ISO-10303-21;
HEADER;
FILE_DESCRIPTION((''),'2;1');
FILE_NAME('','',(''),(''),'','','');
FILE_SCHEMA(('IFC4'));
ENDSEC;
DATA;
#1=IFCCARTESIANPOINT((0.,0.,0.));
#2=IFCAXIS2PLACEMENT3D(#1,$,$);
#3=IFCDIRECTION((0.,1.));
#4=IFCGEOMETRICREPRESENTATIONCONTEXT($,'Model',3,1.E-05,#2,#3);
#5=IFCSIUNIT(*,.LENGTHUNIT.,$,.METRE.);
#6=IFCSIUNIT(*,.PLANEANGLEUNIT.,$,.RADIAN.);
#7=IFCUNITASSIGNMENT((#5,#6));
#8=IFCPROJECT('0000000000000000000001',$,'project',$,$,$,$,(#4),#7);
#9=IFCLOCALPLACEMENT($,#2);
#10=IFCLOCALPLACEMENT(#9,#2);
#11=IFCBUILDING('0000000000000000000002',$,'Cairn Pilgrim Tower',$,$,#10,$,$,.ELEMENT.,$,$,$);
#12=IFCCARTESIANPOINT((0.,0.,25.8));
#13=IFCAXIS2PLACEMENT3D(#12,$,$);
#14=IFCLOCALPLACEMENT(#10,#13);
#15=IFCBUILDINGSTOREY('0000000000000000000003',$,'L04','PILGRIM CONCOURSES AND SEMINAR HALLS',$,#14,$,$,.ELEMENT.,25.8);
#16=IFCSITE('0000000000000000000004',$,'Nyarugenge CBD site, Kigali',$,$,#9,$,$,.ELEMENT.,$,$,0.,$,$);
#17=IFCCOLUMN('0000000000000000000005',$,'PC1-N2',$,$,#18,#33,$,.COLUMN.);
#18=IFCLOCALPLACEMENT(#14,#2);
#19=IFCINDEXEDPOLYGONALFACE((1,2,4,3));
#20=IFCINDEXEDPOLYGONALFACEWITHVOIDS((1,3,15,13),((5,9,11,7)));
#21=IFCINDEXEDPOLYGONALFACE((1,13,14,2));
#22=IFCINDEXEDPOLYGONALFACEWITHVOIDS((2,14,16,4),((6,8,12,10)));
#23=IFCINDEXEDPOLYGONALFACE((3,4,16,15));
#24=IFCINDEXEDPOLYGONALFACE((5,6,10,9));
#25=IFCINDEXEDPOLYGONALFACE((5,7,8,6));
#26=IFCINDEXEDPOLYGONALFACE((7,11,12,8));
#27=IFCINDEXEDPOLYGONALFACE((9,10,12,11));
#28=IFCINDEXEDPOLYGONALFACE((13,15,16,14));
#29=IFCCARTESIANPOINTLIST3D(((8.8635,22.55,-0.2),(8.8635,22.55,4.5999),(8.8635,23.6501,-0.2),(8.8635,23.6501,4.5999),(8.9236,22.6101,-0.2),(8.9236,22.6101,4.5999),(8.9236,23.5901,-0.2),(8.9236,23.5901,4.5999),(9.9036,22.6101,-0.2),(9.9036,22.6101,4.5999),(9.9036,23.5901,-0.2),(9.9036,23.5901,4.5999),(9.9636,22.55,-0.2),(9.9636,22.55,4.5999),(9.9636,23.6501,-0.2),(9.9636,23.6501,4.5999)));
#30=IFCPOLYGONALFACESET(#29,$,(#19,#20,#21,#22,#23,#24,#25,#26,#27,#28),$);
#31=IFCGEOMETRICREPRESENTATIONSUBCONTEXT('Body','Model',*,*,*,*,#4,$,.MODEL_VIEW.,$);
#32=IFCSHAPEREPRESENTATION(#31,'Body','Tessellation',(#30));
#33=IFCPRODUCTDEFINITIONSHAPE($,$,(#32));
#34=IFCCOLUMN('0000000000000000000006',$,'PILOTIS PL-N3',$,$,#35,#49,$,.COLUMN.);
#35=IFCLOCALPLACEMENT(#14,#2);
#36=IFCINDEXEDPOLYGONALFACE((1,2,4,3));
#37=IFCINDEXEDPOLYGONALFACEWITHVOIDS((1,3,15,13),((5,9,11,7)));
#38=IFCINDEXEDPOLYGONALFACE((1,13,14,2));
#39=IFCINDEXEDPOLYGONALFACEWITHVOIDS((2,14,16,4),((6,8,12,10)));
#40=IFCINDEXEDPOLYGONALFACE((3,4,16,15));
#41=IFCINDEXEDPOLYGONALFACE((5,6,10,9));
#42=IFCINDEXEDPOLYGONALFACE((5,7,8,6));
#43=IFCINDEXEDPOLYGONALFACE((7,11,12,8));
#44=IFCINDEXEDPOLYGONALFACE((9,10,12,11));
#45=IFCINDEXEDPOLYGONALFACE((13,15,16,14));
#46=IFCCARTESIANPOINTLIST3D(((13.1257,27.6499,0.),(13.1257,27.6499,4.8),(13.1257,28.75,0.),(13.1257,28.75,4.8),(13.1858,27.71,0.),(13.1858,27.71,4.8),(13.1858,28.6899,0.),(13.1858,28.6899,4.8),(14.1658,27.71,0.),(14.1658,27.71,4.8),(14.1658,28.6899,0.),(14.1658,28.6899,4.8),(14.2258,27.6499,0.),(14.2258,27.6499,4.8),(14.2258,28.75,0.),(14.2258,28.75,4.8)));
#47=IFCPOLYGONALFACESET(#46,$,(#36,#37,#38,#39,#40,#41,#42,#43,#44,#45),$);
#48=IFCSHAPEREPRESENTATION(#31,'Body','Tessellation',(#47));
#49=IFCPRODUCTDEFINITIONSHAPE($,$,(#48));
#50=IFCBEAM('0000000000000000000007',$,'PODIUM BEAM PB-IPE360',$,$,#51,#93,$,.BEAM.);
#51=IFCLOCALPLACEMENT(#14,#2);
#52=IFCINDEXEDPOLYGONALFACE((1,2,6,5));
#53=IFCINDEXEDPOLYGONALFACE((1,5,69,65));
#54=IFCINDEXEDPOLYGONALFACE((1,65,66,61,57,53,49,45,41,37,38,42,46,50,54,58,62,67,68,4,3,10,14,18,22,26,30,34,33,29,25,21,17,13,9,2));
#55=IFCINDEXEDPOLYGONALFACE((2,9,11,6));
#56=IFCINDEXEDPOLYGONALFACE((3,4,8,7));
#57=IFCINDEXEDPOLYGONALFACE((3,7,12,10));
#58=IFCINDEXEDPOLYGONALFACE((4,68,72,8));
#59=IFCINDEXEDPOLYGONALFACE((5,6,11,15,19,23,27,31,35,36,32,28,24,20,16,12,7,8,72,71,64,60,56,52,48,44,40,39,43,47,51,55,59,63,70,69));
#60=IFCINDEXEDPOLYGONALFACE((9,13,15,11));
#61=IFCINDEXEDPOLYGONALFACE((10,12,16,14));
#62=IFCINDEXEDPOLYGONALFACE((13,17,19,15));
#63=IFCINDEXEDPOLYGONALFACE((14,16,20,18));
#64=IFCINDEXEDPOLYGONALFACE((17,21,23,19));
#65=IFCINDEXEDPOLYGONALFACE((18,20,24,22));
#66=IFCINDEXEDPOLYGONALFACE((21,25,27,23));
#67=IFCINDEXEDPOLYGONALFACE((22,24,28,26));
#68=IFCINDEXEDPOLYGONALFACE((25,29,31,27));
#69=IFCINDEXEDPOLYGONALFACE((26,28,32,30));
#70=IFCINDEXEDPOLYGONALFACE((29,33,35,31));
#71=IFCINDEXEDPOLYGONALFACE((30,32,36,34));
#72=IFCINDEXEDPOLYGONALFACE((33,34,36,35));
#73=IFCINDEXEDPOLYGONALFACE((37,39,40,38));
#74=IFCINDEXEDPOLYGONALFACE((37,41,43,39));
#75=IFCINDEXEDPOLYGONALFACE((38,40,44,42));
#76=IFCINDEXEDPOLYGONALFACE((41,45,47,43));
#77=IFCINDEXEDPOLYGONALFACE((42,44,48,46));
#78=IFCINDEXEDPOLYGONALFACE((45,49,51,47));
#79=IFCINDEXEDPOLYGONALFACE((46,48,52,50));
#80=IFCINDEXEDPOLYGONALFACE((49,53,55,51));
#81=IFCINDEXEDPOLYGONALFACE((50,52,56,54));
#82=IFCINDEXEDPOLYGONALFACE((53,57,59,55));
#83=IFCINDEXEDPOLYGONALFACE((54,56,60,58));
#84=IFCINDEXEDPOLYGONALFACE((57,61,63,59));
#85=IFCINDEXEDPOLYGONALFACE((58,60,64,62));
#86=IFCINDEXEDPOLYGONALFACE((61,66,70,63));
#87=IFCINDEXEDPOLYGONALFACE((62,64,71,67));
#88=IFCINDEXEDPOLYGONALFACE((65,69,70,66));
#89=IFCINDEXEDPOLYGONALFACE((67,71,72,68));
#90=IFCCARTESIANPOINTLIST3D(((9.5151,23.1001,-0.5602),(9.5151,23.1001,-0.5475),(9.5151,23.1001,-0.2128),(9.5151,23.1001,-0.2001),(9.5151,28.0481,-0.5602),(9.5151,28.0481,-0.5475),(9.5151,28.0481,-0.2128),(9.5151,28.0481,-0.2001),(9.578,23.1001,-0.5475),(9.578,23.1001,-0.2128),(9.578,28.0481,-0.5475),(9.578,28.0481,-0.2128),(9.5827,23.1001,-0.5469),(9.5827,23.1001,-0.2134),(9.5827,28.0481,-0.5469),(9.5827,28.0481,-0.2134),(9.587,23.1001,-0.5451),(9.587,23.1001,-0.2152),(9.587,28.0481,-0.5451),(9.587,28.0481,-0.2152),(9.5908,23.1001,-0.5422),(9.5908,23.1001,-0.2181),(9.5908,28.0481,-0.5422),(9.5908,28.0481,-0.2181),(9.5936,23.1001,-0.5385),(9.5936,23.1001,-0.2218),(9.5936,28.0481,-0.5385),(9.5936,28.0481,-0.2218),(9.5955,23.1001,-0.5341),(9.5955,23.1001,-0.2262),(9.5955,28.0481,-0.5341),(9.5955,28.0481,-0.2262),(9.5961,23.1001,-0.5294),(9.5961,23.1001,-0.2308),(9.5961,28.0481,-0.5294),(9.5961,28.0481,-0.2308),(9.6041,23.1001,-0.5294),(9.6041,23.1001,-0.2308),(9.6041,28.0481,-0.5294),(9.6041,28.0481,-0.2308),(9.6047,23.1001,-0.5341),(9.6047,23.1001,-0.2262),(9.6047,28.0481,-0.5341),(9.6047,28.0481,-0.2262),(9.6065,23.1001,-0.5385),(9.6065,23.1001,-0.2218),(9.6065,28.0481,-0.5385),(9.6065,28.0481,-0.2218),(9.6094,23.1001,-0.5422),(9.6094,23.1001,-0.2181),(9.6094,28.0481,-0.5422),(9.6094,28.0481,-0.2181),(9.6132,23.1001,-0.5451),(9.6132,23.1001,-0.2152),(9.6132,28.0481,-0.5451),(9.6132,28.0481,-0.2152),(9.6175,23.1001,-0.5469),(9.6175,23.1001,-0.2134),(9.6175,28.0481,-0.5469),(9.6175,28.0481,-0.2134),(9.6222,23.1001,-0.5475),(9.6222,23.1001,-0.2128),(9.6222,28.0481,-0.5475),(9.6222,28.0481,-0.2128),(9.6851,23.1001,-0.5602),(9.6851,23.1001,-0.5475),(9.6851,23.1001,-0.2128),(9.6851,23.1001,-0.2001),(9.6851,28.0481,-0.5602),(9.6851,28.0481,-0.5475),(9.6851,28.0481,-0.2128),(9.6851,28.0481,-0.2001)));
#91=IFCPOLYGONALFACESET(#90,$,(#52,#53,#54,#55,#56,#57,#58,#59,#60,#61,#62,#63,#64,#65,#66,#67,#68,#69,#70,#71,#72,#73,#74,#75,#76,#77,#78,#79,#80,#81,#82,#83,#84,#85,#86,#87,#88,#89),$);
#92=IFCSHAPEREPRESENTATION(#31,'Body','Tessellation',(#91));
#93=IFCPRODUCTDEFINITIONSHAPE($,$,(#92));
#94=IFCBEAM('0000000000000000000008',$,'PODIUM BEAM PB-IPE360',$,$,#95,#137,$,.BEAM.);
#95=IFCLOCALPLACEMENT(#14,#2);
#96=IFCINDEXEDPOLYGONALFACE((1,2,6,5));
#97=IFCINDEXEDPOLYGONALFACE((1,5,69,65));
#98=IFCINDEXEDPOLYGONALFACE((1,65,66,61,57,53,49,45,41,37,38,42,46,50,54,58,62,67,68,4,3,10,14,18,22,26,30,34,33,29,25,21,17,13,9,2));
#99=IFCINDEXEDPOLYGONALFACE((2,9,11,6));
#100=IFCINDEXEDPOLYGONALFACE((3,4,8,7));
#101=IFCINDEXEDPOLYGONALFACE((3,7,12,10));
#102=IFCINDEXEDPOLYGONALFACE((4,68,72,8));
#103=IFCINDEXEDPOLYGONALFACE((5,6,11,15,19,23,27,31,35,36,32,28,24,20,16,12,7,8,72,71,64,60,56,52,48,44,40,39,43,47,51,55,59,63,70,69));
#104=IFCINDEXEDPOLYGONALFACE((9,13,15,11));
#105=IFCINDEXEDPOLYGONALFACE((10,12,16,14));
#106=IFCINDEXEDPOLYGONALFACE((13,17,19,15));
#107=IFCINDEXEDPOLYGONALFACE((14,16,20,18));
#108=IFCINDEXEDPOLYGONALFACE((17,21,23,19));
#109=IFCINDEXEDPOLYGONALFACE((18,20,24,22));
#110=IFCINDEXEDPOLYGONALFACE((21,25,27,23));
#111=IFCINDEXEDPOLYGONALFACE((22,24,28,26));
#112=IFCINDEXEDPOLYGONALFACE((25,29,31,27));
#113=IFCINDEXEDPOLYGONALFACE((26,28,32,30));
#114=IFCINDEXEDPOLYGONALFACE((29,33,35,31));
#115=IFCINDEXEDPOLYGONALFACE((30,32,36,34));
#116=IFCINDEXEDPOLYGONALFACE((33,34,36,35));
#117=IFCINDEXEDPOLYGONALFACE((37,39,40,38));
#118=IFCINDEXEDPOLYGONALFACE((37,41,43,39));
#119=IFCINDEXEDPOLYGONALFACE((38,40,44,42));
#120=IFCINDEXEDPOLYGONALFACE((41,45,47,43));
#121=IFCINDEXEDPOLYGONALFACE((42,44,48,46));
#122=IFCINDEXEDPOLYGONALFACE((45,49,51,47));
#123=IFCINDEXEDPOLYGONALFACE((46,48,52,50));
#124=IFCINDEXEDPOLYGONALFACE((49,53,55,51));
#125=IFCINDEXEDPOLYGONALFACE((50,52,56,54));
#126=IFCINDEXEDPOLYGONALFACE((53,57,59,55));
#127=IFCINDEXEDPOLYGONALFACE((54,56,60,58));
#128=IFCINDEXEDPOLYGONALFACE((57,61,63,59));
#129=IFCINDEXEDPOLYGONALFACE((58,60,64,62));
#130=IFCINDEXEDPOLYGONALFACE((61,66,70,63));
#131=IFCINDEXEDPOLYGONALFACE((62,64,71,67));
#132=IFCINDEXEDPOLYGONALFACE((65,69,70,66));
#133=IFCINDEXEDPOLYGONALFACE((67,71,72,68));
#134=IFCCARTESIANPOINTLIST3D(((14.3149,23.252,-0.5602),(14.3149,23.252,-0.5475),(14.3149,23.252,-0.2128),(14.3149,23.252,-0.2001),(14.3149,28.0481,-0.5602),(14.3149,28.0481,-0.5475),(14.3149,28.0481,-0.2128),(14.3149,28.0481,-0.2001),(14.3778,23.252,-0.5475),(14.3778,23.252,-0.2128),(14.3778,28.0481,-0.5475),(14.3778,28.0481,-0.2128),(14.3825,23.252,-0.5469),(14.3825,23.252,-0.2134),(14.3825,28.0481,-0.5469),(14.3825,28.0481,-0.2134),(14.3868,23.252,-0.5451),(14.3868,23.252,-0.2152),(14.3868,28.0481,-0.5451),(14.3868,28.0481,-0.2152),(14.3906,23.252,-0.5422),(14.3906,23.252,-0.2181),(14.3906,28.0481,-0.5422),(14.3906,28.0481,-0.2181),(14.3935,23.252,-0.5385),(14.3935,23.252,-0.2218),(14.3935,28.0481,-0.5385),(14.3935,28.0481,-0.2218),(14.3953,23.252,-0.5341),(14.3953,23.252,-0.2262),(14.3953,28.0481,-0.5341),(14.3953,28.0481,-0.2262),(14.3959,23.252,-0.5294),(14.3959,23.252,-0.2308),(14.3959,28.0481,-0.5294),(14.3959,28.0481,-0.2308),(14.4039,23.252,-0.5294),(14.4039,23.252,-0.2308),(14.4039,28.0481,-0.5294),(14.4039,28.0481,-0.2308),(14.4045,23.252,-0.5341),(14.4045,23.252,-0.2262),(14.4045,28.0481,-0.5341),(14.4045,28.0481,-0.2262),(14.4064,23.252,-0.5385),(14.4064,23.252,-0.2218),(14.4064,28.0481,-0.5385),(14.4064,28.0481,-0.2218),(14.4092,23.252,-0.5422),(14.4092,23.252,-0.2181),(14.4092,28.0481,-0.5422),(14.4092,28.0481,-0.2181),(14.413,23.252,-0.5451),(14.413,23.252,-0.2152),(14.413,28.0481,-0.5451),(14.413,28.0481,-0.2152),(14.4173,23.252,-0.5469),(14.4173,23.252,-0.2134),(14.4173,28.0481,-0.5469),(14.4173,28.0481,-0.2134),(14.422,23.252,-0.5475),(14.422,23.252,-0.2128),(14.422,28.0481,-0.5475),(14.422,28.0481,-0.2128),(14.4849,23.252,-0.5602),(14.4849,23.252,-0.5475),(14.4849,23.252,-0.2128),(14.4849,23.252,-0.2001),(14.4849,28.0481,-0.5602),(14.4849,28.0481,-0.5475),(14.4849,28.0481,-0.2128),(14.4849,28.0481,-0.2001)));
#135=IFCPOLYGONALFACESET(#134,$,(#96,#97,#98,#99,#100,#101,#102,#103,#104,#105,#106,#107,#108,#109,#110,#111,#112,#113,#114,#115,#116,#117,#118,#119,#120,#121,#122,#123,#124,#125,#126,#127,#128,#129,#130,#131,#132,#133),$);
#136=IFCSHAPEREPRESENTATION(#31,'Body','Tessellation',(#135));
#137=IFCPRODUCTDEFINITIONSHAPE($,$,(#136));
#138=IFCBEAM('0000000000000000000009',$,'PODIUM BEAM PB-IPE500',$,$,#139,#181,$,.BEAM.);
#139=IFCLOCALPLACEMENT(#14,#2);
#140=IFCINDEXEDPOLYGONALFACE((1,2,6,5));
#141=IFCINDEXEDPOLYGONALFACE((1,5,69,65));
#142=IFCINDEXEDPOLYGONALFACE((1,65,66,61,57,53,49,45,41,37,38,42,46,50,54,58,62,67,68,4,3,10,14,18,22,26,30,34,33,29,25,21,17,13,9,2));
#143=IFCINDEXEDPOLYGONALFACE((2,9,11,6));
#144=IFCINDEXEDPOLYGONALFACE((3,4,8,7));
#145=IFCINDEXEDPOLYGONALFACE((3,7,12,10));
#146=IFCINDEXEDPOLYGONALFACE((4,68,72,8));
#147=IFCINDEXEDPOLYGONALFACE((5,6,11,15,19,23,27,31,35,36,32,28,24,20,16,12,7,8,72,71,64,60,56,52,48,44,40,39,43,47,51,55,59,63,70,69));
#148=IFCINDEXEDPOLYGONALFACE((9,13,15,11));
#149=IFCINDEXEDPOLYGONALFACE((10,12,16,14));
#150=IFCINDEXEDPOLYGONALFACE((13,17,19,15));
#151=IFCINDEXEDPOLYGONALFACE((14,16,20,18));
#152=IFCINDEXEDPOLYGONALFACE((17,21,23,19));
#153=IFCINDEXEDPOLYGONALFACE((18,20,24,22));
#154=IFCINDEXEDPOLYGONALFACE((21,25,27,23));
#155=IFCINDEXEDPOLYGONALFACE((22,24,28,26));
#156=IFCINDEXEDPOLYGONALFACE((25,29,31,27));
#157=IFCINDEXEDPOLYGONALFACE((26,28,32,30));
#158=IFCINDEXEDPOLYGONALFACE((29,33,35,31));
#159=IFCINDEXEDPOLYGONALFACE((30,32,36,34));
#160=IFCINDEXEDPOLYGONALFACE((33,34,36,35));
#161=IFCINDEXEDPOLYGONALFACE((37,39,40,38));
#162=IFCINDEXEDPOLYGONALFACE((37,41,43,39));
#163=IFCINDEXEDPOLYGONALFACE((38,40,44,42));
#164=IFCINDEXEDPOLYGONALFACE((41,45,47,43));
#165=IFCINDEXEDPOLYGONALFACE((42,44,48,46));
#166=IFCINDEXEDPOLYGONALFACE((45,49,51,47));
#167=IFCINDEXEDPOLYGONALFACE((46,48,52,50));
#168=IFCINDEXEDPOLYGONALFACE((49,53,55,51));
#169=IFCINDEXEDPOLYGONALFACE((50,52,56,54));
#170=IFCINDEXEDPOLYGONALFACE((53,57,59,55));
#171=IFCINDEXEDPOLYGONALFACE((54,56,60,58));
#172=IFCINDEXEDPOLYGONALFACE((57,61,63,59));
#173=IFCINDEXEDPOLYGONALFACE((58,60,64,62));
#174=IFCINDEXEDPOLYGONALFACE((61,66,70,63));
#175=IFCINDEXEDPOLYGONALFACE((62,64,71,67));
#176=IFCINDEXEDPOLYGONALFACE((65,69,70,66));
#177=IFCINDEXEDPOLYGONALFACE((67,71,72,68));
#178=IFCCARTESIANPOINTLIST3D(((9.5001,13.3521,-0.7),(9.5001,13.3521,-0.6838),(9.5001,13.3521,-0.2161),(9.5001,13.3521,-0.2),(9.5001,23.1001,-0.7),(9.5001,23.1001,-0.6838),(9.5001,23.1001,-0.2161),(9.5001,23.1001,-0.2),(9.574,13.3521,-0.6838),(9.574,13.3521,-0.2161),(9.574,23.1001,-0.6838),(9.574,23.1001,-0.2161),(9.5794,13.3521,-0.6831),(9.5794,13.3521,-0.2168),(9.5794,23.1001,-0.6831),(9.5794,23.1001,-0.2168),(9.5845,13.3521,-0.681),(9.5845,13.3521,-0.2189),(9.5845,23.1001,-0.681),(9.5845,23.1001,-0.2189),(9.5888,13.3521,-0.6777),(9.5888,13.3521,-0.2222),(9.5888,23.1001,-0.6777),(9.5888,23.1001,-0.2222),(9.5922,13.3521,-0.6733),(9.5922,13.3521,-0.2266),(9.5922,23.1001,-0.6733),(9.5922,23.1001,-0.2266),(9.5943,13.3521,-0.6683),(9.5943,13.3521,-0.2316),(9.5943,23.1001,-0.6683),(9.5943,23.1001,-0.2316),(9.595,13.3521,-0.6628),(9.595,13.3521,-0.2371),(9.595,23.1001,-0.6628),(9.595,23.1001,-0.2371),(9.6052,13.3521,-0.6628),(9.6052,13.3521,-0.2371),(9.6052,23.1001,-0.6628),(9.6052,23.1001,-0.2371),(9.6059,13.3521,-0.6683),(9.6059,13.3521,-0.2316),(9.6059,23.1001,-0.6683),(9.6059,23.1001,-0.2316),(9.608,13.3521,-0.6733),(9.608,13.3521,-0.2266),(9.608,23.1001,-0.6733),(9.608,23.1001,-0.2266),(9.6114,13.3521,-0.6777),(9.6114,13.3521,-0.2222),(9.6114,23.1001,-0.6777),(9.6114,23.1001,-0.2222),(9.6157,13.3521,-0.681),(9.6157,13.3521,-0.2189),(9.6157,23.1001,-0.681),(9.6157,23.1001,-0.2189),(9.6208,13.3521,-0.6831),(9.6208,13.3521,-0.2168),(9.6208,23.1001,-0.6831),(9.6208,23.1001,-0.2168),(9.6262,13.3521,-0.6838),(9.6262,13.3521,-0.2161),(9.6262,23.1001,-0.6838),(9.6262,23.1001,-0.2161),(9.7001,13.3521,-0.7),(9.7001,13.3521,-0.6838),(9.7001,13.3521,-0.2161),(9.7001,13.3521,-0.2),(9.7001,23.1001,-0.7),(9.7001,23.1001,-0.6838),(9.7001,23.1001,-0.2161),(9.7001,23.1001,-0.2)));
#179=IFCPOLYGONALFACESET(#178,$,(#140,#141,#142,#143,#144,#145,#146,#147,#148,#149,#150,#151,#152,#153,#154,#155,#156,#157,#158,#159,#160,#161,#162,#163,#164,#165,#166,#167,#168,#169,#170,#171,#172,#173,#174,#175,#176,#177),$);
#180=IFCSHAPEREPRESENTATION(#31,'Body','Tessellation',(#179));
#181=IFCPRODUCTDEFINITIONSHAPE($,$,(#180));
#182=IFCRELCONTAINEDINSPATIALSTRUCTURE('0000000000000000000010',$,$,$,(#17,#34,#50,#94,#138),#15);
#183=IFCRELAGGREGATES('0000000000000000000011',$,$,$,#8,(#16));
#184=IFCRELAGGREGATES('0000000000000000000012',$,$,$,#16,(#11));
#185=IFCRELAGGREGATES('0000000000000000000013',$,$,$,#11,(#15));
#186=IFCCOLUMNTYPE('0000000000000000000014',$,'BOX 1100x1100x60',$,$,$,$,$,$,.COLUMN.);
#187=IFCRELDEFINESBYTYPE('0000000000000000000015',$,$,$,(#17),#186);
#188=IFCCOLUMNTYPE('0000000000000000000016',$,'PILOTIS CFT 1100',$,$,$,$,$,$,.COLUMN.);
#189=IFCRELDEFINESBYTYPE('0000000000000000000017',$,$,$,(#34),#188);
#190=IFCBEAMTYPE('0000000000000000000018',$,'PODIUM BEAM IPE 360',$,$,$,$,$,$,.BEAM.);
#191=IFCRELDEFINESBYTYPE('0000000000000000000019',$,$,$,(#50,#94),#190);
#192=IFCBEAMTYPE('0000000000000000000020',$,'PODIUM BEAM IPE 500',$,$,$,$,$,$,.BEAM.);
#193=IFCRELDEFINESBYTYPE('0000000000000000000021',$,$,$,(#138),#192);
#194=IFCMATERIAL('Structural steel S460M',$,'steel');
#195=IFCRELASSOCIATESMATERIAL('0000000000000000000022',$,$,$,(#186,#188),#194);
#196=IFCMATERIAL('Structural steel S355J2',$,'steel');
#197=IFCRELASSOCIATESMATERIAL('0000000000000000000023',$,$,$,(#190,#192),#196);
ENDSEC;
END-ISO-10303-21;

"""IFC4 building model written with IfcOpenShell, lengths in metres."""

from ifc_helpers import new_model, si_unit, direction, frame, origin, origin_2d, place, context, subcontext, project, spatial, hollow_rectangle, i_section, extrude, material, material_profile, profile_set, type_object, element, save


model = new_model("IFC4")

# Units and contexts
model_context = context("Model", 3, precision=1e-05, world=origin(), true_north=direction((0.0, 1.0)))
body_context = subcontext(model_context, "Body", "Model", "MODEL_VIEW")
ifc_project = project(units=[si_unit("LENGTHUNIT", "METRE"), si_unit("PLANEANGLEUNIT", "RADIAN")], contexts=[model_context])

# Site, building, storey
site_placement = place(None, origin())
site = spatial("IfcSite", under=ifc_project, at=site_placement, Name="Nyarugenge CBD site, Kigali", CompositionType="ELEMENT", RefElevation=0.0)
building_placement = place(site_placement, origin())
building = spatial("IfcBuilding", under=site, at=building_placement, Name="Cairn Pilgrim Tower", CompositionType="ELEMENT")
storey_placement = place(building_placement, frame((0.0, 0.0, 25.8)))
storey = spatial("IfcBuildingStorey", under=building, at=storey_placement, Name="L04", Description="PILGRIM CONCOURSES AND SEMINAR HALLS", CompositionType="ELEMENT", Elevation=25.8)

# Columns
ifc_material_1 = material(Name="Structural steel S460M", Category="steel")
ifc_material_profile_1 = material_profile(ifc_material_1, hollow_rectangle(XDim=1.1001, YDim=1.1001, WallThickness=0.0601, at=origin_2d()), Name="BOX 1100x1100x60")
ifc_profile_set_1 = profile_set([ifc_material_profile_1], Name="Structural steel S460M")
column_type_1 = type_object("IfcColumnType", Name="BOX 1100x1100x60", PredefinedType="COLUMN", material=ifc_profile_set_1)
column_1_placement = place(storey_placement, frame((9.4136, 23.1001, -0.2), z_axis=(0.0, 0.0, 1.0), x_axis=(1.0, 0.0, 0.0)))
element("IfcColumn", 1, at=column_1_placement, inside=storey, type_object=column_type_1, Name="PC1-N2", PredefinedType="COLUMN", context=body_context, shape_type="SweptSolid", body=[
    extrude(hollow_rectangle(XDim=1.1001, YDim=1.1001, WallThickness=0.0601, at=origin_2d()), origin(), (0.0, 0.0, 1.0), 4.7998),
])
ifc_material_profile_2 = material_profile(ifc_material_1, hollow_rectangle(XDim=1.1001, YDim=1.1001, WallThickness=0.0601, at=origin_2d()), Name="BOX 1100x1100x60")
ifc_profile_set_2 = profile_set([ifc_material_profile_2], Name="Structural steel S460M")
column_type_2 = type_object("IfcColumnType", Name="PILOTIS CFT 1100", PredefinedType="COLUMN", material=ifc_profile_set_2)
column_2_placement = place(storey_placement, frame((13.6758, 28.2, 0.0), z_axis=(0.0, 0.0, 1.0), x_axis=(1.0, 0.0, 0.0)))
element("IfcColumn", 2, at=column_2_placement, inside=storey, type_object=column_type_2, Name="PILOTIS PL-N3", PredefinedType="COLUMN", context=body_context, shape_type="SweptSolid", body=[
    extrude(hollow_rectangle(XDim=1.1001, YDim=1.1001, WallThickness=0.0601, at=origin_2d()), origin(), (0.0, 0.0, 1.0), 4.8),
])

# Beams
ifc_material_2 = material(Name="Structural steel S355J2", Category="steel")
ifc_material_profile_3 = material_profile(ifc_material_2, i_section(OverallWidth=0.1699, OverallDepth=0.3601, WebThickness=0.0081, FlangeThickness=0.0127, FilletRadius=0.0181, at=origin_2d()), Name="IPE 360")
ifc_profile_set_3 = profile_set([ifc_material_profile_3], Name="Structural steel S355J2")
beam_type_1 = type_object("IfcBeamType", Name="PODIUM BEAM IPE 360", PredefinedType="BEAM", material=ifc_profile_set_3)
beam_1_placement = place(storey_placement, frame((9.6001, 23.1001, -0.3801), z_axis=(0.0, 1.0, 0.0), x_axis=(-1.0, 0.0, 0.0)))
element("IfcBeam", 3, at=beam_1_placement, inside=storey, type_object=beam_type_1, Name="PODIUM BEAM PB-IPE360", PredefinedType="BEAM", context=body_context, shape_type="SweptSolid", body=[
    extrude(i_section(OverallWidth=0.1699, OverallDepth=0.3601, WebThickness=0.0081, FlangeThickness=0.0127, FilletRadius=0.0181, at=origin_2d()), origin(), (0.0, 0.0, 1.0), 4.948),
])
beam_2_placement = place(storey_placement, frame((14.3999, 23.252, -0.3801), z_axis=(0.0, 1.0, 0.0), x_axis=(-1.0, 0.0, 0.0)))
element("IfcBeam", 4, at=beam_2_placement, inside=storey, type_object=beam_type_1, Name="PODIUM BEAM PB-IPE360", PredefinedType="BEAM", context=body_context, shape_type="SweptSolid", body=[
    extrude(i_section(OverallWidth=0.1699, OverallDepth=0.3601, WebThickness=0.0081, FlangeThickness=0.0127, FilletRadius=0.0181, at=origin_2d()), origin(), (0.0, 0.0, 1.0), 4.7961),
])
ifc_material_profile_4 = material_profile(ifc_material_2, i_section(OverallWidth=0.2, OverallDepth=0.5, WebThickness=0.0103, FlangeThickness=0.0161, FilletRadius=0.021, at=origin_2d()), Name="IPE 500")
ifc_profile_set_4 = profile_set([ifc_material_profile_4], Name="Structural steel S355J2")
beam_type_2 = type_object("IfcBeamType", Name="PODIUM BEAM IPE 500", PredefinedType="BEAM", material=ifc_profile_set_4)
beam_3_placement = place(storey_placement, frame((9.6001, 13.3521, -0.45), z_axis=(0.0, 1.0, 0.0), x_axis=(-1.0, 0.0, 0.0)))
element("IfcBeam", 5, at=beam_3_placement, inside=storey, type_object=beam_type_2, Name="PODIUM BEAM PB-IPE500", PredefinedType="BEAM", context=body_context, shape_type="SweptSolid", body=[
    extrude(i_section(OverallWidth=0.2, OverallDepth=0.5, WebThickness=0.0103, FlangeThickness=0.0161, FilletRadius=0.021, at=origin_2d()), origin(), (0.0, 0.0, 1.0), 9.748),
])

save(model, "model.ifc")
